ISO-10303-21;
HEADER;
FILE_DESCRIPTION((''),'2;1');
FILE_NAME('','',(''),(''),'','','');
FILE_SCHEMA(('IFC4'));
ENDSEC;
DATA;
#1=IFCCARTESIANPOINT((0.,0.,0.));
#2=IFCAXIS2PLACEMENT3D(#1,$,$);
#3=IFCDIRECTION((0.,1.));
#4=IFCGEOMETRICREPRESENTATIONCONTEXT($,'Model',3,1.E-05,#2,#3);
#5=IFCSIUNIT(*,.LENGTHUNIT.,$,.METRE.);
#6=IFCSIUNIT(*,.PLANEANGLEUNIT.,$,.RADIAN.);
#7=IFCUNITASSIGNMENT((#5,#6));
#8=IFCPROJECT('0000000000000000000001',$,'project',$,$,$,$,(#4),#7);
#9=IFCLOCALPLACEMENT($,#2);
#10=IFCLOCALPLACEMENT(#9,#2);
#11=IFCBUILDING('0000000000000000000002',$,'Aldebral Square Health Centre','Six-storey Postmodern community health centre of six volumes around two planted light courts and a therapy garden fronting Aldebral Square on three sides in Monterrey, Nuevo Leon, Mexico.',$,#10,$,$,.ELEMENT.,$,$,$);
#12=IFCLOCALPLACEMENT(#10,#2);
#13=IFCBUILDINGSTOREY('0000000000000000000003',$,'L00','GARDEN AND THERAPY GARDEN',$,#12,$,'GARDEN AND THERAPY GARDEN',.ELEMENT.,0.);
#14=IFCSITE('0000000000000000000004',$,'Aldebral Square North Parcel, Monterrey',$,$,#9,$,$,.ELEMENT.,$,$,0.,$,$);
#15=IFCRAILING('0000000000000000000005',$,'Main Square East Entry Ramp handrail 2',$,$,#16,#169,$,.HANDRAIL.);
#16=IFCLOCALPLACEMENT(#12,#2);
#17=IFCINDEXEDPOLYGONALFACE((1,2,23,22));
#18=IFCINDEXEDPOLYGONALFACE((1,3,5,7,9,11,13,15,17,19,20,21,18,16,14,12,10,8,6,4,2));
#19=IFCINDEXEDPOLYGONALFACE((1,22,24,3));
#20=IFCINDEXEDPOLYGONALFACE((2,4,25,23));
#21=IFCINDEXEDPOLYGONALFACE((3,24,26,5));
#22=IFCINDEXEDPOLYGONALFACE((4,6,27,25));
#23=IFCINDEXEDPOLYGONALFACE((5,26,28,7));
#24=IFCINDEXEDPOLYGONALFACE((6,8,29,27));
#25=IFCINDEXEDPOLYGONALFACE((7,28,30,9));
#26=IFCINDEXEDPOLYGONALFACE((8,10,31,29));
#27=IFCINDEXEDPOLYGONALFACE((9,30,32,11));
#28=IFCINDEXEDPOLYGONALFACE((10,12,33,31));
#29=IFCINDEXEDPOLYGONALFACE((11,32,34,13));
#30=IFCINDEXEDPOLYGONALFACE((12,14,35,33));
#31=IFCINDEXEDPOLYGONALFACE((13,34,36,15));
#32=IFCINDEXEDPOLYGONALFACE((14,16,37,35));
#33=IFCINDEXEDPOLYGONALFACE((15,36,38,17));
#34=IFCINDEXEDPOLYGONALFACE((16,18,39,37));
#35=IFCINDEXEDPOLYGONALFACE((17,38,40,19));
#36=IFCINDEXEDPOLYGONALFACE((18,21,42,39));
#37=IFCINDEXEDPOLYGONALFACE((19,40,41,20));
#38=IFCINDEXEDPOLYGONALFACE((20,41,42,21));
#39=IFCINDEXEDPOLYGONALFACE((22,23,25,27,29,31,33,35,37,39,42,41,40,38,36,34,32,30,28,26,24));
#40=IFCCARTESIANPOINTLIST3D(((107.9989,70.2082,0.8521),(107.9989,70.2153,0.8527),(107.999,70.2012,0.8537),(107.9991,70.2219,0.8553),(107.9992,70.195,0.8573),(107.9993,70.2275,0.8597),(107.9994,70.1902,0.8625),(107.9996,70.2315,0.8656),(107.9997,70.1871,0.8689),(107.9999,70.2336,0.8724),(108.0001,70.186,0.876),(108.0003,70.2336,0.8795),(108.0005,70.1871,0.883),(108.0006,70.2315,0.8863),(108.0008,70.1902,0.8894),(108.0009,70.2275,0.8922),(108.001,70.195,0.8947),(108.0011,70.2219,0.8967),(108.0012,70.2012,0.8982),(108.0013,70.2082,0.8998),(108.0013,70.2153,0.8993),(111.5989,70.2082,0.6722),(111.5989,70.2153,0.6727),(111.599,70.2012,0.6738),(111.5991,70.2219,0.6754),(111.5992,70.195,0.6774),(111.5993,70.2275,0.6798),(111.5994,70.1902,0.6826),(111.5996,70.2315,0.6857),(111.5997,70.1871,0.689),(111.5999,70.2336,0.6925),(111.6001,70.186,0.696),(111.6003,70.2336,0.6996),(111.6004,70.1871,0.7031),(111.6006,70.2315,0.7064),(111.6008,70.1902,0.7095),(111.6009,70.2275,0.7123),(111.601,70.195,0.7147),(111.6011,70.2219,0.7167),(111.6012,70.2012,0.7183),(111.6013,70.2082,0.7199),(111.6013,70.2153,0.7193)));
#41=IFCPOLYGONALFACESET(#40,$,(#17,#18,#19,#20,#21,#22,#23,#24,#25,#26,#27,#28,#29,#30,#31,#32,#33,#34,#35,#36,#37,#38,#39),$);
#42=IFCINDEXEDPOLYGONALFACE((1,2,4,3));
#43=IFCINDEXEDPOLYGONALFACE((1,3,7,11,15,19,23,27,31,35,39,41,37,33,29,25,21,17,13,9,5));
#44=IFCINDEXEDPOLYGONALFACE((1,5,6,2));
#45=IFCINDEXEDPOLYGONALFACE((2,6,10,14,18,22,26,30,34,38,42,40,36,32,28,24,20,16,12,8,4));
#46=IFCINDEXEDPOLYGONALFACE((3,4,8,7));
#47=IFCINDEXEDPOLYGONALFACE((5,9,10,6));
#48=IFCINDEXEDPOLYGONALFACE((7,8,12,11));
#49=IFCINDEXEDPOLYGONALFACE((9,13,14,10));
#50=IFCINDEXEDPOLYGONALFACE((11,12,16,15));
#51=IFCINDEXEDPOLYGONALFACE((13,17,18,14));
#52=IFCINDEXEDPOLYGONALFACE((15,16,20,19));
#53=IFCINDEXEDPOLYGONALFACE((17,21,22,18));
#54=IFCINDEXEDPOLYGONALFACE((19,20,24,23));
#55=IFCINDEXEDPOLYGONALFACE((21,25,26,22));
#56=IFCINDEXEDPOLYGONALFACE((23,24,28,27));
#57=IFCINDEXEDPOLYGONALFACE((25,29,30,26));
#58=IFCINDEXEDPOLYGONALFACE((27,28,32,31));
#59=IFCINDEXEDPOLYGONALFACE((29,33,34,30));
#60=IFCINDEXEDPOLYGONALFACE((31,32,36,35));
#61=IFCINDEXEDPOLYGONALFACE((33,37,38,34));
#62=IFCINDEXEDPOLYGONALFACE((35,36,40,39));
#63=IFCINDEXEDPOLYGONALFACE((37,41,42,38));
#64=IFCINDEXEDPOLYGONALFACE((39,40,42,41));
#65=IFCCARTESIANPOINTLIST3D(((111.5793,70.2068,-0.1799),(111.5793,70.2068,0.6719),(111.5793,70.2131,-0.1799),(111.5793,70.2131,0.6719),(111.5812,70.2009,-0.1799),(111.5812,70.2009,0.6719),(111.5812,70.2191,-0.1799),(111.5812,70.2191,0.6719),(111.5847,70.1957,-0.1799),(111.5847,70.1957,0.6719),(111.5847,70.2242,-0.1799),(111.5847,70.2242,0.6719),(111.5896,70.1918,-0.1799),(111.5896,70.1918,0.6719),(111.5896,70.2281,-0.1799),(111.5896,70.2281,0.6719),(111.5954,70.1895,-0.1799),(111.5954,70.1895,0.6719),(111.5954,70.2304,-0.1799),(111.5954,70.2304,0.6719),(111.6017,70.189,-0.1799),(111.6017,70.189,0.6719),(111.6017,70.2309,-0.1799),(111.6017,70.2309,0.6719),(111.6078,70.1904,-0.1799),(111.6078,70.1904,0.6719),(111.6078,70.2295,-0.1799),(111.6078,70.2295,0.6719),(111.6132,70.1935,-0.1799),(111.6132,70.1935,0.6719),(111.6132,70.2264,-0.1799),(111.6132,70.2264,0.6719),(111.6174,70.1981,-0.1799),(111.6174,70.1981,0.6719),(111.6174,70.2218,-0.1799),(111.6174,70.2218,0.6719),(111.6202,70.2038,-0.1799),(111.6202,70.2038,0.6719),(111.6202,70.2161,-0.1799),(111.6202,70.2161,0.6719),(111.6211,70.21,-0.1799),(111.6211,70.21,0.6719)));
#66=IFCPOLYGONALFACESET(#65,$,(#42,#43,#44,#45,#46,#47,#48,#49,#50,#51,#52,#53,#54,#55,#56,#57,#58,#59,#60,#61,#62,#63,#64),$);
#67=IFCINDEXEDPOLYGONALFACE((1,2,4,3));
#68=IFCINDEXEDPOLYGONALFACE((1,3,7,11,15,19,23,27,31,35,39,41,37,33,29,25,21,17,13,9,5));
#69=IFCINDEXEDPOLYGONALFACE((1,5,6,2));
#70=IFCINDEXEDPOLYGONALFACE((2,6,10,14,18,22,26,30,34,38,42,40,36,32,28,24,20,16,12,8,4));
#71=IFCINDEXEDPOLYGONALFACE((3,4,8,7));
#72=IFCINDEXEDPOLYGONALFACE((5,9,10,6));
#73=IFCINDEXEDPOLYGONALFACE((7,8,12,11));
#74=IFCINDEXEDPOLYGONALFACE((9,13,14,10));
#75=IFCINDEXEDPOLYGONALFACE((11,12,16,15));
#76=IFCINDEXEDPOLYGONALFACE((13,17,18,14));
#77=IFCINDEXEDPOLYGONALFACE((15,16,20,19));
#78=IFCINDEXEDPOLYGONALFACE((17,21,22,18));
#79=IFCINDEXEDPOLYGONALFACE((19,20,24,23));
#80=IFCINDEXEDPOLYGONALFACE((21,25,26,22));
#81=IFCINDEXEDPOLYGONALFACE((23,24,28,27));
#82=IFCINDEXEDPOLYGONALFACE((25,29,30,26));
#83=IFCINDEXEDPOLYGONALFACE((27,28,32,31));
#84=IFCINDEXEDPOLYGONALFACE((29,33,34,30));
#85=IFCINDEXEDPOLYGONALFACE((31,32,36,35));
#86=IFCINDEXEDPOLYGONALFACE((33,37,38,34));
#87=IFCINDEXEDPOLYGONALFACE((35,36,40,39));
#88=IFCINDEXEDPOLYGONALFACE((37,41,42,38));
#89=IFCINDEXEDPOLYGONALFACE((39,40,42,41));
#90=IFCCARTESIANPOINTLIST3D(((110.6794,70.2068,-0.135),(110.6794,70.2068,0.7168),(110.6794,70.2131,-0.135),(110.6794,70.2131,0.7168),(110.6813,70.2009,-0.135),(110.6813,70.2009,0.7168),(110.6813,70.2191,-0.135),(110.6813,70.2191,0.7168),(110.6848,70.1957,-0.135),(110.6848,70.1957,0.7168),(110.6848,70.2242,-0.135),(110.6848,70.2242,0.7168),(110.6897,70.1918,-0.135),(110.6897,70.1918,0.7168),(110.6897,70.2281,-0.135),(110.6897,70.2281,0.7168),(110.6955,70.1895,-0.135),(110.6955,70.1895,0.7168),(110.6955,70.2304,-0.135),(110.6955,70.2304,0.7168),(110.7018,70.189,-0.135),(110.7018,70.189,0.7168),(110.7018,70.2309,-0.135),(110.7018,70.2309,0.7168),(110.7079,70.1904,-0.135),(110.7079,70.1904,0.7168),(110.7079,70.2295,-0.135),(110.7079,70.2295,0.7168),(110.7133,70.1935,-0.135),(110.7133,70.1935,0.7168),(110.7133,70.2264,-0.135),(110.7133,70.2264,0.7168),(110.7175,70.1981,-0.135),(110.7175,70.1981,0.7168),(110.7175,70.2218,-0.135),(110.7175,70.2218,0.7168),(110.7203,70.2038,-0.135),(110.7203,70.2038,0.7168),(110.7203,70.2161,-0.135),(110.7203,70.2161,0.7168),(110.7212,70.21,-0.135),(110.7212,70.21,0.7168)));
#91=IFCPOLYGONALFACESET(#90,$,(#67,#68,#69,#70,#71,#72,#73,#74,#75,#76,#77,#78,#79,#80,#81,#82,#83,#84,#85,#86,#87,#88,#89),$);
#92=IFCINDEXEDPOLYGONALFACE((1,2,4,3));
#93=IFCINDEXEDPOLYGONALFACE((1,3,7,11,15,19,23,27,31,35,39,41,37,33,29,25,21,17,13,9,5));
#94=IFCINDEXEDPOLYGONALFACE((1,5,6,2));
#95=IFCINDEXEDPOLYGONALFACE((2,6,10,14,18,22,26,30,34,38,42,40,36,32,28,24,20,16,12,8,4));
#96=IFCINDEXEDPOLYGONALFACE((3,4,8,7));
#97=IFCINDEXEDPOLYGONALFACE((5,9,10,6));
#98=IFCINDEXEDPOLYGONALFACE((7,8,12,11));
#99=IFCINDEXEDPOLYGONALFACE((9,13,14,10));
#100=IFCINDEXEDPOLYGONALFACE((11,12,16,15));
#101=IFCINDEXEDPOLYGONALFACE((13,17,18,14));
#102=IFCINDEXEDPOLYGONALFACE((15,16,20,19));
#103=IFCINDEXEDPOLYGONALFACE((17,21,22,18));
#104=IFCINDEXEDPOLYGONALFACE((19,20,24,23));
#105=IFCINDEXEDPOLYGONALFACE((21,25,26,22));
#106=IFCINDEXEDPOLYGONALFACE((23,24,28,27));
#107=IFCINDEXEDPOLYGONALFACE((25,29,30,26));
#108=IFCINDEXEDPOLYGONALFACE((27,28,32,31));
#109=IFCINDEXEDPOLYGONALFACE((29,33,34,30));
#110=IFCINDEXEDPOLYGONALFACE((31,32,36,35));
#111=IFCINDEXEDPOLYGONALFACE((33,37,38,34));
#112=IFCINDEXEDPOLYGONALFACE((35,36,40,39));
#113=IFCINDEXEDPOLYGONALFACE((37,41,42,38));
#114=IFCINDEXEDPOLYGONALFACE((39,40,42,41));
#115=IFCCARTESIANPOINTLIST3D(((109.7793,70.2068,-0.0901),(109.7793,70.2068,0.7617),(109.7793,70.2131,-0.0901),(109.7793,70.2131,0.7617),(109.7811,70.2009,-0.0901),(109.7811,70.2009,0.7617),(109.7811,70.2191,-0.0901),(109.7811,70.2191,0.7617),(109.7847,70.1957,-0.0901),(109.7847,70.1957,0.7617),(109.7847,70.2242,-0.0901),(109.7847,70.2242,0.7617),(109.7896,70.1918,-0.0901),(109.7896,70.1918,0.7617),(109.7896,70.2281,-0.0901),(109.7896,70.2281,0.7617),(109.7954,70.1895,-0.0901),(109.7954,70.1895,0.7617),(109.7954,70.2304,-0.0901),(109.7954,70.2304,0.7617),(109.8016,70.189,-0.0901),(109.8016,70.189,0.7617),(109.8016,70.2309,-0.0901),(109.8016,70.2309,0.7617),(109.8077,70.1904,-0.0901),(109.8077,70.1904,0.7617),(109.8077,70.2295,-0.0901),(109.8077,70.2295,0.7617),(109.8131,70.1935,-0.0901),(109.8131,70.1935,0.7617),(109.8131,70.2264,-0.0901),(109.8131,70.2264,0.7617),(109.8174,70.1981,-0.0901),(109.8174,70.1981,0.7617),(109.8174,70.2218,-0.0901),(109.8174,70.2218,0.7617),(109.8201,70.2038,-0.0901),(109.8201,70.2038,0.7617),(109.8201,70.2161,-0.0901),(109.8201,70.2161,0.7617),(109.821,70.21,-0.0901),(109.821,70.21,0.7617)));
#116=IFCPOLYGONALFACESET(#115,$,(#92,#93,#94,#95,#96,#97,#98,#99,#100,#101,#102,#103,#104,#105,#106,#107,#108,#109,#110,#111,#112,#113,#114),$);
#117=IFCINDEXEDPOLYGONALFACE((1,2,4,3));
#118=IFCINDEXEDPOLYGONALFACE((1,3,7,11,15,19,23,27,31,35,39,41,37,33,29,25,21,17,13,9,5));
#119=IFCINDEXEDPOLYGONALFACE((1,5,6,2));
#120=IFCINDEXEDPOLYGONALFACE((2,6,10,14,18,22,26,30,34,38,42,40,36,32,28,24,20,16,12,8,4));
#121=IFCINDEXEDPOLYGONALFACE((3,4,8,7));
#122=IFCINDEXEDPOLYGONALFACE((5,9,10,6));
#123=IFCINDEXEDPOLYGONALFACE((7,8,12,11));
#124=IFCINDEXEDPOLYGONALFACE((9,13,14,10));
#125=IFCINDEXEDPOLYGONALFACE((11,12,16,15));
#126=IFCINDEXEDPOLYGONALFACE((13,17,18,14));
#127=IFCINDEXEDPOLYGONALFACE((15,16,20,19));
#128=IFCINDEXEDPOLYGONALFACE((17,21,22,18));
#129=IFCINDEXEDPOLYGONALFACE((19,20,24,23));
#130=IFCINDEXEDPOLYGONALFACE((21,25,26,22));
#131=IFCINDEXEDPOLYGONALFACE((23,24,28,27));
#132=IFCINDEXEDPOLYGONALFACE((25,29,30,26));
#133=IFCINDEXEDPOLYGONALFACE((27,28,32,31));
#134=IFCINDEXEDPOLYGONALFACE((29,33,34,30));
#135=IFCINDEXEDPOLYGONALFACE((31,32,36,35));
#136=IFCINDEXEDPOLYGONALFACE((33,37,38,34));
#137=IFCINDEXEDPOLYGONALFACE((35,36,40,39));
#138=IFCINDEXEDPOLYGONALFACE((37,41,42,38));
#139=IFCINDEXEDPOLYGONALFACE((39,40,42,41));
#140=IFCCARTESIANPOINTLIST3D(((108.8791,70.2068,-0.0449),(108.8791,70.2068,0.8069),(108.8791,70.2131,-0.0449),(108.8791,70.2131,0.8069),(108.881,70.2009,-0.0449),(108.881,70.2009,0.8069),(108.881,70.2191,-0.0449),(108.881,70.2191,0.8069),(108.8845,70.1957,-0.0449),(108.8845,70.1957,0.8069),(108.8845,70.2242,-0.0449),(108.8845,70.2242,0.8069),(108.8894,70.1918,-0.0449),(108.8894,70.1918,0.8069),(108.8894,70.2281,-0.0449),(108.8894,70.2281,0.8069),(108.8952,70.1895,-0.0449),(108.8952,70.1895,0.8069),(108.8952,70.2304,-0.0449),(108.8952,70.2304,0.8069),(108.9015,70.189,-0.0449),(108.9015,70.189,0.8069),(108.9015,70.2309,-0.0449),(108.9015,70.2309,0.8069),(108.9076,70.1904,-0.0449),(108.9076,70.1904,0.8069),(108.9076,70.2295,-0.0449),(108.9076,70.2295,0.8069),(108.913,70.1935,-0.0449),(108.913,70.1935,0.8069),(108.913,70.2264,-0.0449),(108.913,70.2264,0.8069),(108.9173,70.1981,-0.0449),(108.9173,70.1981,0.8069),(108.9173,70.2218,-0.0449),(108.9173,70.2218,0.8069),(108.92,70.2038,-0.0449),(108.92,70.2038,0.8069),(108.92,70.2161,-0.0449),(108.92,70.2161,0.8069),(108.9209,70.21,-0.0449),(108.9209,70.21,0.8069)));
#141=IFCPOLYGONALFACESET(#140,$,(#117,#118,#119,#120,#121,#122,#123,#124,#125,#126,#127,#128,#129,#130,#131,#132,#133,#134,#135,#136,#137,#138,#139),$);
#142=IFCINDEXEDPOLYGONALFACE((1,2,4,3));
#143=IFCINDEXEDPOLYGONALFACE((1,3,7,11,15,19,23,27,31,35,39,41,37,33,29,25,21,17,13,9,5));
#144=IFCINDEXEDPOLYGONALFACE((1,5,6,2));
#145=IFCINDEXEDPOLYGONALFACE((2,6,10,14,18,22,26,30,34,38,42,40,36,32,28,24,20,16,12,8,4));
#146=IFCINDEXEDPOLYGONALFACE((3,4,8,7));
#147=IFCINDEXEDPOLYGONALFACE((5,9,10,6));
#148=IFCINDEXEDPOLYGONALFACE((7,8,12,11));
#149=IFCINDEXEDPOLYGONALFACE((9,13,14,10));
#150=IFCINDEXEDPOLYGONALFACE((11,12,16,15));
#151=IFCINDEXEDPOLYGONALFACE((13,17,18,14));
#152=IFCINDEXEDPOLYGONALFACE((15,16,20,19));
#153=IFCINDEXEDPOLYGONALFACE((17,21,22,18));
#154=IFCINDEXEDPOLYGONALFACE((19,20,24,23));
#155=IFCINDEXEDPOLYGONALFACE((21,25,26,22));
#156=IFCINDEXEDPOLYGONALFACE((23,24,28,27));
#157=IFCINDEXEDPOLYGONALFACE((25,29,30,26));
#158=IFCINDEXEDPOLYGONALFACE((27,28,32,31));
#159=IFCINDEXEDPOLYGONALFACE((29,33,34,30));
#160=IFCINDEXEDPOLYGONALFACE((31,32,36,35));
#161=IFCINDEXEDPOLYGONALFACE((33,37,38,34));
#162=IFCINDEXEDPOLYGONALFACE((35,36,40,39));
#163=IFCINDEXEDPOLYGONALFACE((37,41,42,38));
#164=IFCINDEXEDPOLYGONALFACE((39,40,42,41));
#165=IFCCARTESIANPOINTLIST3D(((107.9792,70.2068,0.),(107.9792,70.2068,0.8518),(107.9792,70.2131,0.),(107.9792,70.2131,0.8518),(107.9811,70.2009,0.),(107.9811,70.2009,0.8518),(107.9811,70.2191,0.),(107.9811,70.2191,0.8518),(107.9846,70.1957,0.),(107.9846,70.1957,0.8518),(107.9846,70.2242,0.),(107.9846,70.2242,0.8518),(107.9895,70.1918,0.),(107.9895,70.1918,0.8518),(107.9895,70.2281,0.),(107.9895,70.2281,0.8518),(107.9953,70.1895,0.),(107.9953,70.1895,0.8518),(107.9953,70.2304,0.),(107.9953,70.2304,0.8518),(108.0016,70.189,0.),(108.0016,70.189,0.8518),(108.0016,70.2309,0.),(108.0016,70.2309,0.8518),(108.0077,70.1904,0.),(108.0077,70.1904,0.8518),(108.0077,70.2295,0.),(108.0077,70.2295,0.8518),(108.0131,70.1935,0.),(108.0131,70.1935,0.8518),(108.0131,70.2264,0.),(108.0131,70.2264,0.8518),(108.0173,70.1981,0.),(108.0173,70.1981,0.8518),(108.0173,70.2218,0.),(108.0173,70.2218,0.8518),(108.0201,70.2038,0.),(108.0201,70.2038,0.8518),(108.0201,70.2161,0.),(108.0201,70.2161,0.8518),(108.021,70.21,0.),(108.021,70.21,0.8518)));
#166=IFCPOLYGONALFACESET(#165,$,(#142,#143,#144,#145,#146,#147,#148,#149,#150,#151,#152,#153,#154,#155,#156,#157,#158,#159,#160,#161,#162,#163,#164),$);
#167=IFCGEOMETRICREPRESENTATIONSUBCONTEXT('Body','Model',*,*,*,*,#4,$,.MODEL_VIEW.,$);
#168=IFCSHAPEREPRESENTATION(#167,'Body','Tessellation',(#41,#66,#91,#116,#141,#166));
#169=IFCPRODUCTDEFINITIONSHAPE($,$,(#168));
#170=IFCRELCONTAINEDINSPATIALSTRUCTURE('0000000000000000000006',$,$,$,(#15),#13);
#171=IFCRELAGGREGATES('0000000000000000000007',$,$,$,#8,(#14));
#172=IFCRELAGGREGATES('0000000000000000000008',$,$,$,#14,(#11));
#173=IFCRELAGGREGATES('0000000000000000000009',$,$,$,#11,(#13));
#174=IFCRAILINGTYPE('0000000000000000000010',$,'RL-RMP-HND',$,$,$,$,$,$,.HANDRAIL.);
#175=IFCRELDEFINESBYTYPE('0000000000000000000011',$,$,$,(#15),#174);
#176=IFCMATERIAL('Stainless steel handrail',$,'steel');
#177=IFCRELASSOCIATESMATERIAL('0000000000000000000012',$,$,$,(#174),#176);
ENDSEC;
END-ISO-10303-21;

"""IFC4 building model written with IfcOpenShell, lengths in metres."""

from ifc_helpers import new_model, si_unit, direction, frame, origin, origin_2d, place, context, subcontext, project, spatial, circle, extrude, material, type_object, element, save


model = new_model("IFC4")

# Units and contexts
model_context = context("Model", 3, precision=1e-05, world=origin(), true_north=direction((0.0, 1.0)))
body_context = subcontext(model_context, "Body", "Model", "MODEL_VIEW")
ifc_project = project(units=[si_unit("LENGTHUNIT", "METRE"), si_unit("PLANEANGLEUNIT", "RADIAN")], contexts=[model_context])

# Site, building, storey
site_placement = place(None, origin())
site = spatial("IfcSite", under=ifc_project, at=site_placement, Name="Aldebral Square North Parcel, Monterrey", CompositionType="ELEMENT", RefElevation=0.0)
building_placement = place(site_placement, origin())
building = spatial("IfcBuilding", under=site, at=building_placement, Name="Aldebral Square Health Centre", Description="Six-storey Postmodern community health centre of six volumes around two planted light courts and a therapy garden fronting Aldebral Square on three sides in Monterrey, Nuevo Leon, Mexico.", CompositionType="ELEMENT")
storey_placement = place(building_placement, origin())
storey = spatial("IfcBuildingStorey", under=building, at=storey_placement, Name="L00", Description="GARDEN AND THERAPY GARDEN", LongName="GARDEN AND THERAPY GARDEN", CompositionType="ELEMENT", Elevation=0.0)

# Railing
ifc_material_1 = material(Name="Stainless steel handrail", Category="steel")
railing_type = type_object("IfcRailingType", Name="RL-RMP-HND", PredefinedType="HANDRAIL", material=ifc_material_1)
for number, where, name in (
    (1, (111.6001, 70.21, -0.1799), "Main Square East Entry Ramp handrail 2"),
):
    element("IfcRailing", number, at=place(storey_placement, frame(where)), inside=storey, type_object=railing_type, Name=name, PredefinedType="HANDRAIL", context=body_context, shape_type="SweptSolid", body=[
        extrude(circle(Radius=0.0239, at=origin_2d()), frame((0.0, 0.0, 0.876), z_axis=(-0.998753, 0.0, 0.049917), x_axis=(0.0, -1.0, 0.0)), (0.0, 0.0, 1.0), 3.6045),
        extrude(circle(Radius=0.021, at=origin_2d()), origin(), (0.0, 0.0, 1.0), 0.8518),
        extrude(circle(Radius=0.021, at=origin_2d()), frame((-0.8999, 0.0, 0.0449)), (0.0, 0.0, 1.0), 0.8518),
        extrude(circle(Radius=0.021, at=origin_2d()), frame((-1.8, 0.0, 0.0898)), (0.0, 0.0, 1.0), 0.8518),
        extrude(circle(Radius=0.021, at=origin_2d()), frame((-2.7002, 0.0, 0.135)), (0.0, 0.0, 1.0), 0.8518),
        extrude(circle(Radius=0.021, at=origin_2d()), frame((-3.6001, 0.0, 0.1799)), (0.0, 0.0, 1.0), 0.8518),
    ])

save(model, "model.ifc")
